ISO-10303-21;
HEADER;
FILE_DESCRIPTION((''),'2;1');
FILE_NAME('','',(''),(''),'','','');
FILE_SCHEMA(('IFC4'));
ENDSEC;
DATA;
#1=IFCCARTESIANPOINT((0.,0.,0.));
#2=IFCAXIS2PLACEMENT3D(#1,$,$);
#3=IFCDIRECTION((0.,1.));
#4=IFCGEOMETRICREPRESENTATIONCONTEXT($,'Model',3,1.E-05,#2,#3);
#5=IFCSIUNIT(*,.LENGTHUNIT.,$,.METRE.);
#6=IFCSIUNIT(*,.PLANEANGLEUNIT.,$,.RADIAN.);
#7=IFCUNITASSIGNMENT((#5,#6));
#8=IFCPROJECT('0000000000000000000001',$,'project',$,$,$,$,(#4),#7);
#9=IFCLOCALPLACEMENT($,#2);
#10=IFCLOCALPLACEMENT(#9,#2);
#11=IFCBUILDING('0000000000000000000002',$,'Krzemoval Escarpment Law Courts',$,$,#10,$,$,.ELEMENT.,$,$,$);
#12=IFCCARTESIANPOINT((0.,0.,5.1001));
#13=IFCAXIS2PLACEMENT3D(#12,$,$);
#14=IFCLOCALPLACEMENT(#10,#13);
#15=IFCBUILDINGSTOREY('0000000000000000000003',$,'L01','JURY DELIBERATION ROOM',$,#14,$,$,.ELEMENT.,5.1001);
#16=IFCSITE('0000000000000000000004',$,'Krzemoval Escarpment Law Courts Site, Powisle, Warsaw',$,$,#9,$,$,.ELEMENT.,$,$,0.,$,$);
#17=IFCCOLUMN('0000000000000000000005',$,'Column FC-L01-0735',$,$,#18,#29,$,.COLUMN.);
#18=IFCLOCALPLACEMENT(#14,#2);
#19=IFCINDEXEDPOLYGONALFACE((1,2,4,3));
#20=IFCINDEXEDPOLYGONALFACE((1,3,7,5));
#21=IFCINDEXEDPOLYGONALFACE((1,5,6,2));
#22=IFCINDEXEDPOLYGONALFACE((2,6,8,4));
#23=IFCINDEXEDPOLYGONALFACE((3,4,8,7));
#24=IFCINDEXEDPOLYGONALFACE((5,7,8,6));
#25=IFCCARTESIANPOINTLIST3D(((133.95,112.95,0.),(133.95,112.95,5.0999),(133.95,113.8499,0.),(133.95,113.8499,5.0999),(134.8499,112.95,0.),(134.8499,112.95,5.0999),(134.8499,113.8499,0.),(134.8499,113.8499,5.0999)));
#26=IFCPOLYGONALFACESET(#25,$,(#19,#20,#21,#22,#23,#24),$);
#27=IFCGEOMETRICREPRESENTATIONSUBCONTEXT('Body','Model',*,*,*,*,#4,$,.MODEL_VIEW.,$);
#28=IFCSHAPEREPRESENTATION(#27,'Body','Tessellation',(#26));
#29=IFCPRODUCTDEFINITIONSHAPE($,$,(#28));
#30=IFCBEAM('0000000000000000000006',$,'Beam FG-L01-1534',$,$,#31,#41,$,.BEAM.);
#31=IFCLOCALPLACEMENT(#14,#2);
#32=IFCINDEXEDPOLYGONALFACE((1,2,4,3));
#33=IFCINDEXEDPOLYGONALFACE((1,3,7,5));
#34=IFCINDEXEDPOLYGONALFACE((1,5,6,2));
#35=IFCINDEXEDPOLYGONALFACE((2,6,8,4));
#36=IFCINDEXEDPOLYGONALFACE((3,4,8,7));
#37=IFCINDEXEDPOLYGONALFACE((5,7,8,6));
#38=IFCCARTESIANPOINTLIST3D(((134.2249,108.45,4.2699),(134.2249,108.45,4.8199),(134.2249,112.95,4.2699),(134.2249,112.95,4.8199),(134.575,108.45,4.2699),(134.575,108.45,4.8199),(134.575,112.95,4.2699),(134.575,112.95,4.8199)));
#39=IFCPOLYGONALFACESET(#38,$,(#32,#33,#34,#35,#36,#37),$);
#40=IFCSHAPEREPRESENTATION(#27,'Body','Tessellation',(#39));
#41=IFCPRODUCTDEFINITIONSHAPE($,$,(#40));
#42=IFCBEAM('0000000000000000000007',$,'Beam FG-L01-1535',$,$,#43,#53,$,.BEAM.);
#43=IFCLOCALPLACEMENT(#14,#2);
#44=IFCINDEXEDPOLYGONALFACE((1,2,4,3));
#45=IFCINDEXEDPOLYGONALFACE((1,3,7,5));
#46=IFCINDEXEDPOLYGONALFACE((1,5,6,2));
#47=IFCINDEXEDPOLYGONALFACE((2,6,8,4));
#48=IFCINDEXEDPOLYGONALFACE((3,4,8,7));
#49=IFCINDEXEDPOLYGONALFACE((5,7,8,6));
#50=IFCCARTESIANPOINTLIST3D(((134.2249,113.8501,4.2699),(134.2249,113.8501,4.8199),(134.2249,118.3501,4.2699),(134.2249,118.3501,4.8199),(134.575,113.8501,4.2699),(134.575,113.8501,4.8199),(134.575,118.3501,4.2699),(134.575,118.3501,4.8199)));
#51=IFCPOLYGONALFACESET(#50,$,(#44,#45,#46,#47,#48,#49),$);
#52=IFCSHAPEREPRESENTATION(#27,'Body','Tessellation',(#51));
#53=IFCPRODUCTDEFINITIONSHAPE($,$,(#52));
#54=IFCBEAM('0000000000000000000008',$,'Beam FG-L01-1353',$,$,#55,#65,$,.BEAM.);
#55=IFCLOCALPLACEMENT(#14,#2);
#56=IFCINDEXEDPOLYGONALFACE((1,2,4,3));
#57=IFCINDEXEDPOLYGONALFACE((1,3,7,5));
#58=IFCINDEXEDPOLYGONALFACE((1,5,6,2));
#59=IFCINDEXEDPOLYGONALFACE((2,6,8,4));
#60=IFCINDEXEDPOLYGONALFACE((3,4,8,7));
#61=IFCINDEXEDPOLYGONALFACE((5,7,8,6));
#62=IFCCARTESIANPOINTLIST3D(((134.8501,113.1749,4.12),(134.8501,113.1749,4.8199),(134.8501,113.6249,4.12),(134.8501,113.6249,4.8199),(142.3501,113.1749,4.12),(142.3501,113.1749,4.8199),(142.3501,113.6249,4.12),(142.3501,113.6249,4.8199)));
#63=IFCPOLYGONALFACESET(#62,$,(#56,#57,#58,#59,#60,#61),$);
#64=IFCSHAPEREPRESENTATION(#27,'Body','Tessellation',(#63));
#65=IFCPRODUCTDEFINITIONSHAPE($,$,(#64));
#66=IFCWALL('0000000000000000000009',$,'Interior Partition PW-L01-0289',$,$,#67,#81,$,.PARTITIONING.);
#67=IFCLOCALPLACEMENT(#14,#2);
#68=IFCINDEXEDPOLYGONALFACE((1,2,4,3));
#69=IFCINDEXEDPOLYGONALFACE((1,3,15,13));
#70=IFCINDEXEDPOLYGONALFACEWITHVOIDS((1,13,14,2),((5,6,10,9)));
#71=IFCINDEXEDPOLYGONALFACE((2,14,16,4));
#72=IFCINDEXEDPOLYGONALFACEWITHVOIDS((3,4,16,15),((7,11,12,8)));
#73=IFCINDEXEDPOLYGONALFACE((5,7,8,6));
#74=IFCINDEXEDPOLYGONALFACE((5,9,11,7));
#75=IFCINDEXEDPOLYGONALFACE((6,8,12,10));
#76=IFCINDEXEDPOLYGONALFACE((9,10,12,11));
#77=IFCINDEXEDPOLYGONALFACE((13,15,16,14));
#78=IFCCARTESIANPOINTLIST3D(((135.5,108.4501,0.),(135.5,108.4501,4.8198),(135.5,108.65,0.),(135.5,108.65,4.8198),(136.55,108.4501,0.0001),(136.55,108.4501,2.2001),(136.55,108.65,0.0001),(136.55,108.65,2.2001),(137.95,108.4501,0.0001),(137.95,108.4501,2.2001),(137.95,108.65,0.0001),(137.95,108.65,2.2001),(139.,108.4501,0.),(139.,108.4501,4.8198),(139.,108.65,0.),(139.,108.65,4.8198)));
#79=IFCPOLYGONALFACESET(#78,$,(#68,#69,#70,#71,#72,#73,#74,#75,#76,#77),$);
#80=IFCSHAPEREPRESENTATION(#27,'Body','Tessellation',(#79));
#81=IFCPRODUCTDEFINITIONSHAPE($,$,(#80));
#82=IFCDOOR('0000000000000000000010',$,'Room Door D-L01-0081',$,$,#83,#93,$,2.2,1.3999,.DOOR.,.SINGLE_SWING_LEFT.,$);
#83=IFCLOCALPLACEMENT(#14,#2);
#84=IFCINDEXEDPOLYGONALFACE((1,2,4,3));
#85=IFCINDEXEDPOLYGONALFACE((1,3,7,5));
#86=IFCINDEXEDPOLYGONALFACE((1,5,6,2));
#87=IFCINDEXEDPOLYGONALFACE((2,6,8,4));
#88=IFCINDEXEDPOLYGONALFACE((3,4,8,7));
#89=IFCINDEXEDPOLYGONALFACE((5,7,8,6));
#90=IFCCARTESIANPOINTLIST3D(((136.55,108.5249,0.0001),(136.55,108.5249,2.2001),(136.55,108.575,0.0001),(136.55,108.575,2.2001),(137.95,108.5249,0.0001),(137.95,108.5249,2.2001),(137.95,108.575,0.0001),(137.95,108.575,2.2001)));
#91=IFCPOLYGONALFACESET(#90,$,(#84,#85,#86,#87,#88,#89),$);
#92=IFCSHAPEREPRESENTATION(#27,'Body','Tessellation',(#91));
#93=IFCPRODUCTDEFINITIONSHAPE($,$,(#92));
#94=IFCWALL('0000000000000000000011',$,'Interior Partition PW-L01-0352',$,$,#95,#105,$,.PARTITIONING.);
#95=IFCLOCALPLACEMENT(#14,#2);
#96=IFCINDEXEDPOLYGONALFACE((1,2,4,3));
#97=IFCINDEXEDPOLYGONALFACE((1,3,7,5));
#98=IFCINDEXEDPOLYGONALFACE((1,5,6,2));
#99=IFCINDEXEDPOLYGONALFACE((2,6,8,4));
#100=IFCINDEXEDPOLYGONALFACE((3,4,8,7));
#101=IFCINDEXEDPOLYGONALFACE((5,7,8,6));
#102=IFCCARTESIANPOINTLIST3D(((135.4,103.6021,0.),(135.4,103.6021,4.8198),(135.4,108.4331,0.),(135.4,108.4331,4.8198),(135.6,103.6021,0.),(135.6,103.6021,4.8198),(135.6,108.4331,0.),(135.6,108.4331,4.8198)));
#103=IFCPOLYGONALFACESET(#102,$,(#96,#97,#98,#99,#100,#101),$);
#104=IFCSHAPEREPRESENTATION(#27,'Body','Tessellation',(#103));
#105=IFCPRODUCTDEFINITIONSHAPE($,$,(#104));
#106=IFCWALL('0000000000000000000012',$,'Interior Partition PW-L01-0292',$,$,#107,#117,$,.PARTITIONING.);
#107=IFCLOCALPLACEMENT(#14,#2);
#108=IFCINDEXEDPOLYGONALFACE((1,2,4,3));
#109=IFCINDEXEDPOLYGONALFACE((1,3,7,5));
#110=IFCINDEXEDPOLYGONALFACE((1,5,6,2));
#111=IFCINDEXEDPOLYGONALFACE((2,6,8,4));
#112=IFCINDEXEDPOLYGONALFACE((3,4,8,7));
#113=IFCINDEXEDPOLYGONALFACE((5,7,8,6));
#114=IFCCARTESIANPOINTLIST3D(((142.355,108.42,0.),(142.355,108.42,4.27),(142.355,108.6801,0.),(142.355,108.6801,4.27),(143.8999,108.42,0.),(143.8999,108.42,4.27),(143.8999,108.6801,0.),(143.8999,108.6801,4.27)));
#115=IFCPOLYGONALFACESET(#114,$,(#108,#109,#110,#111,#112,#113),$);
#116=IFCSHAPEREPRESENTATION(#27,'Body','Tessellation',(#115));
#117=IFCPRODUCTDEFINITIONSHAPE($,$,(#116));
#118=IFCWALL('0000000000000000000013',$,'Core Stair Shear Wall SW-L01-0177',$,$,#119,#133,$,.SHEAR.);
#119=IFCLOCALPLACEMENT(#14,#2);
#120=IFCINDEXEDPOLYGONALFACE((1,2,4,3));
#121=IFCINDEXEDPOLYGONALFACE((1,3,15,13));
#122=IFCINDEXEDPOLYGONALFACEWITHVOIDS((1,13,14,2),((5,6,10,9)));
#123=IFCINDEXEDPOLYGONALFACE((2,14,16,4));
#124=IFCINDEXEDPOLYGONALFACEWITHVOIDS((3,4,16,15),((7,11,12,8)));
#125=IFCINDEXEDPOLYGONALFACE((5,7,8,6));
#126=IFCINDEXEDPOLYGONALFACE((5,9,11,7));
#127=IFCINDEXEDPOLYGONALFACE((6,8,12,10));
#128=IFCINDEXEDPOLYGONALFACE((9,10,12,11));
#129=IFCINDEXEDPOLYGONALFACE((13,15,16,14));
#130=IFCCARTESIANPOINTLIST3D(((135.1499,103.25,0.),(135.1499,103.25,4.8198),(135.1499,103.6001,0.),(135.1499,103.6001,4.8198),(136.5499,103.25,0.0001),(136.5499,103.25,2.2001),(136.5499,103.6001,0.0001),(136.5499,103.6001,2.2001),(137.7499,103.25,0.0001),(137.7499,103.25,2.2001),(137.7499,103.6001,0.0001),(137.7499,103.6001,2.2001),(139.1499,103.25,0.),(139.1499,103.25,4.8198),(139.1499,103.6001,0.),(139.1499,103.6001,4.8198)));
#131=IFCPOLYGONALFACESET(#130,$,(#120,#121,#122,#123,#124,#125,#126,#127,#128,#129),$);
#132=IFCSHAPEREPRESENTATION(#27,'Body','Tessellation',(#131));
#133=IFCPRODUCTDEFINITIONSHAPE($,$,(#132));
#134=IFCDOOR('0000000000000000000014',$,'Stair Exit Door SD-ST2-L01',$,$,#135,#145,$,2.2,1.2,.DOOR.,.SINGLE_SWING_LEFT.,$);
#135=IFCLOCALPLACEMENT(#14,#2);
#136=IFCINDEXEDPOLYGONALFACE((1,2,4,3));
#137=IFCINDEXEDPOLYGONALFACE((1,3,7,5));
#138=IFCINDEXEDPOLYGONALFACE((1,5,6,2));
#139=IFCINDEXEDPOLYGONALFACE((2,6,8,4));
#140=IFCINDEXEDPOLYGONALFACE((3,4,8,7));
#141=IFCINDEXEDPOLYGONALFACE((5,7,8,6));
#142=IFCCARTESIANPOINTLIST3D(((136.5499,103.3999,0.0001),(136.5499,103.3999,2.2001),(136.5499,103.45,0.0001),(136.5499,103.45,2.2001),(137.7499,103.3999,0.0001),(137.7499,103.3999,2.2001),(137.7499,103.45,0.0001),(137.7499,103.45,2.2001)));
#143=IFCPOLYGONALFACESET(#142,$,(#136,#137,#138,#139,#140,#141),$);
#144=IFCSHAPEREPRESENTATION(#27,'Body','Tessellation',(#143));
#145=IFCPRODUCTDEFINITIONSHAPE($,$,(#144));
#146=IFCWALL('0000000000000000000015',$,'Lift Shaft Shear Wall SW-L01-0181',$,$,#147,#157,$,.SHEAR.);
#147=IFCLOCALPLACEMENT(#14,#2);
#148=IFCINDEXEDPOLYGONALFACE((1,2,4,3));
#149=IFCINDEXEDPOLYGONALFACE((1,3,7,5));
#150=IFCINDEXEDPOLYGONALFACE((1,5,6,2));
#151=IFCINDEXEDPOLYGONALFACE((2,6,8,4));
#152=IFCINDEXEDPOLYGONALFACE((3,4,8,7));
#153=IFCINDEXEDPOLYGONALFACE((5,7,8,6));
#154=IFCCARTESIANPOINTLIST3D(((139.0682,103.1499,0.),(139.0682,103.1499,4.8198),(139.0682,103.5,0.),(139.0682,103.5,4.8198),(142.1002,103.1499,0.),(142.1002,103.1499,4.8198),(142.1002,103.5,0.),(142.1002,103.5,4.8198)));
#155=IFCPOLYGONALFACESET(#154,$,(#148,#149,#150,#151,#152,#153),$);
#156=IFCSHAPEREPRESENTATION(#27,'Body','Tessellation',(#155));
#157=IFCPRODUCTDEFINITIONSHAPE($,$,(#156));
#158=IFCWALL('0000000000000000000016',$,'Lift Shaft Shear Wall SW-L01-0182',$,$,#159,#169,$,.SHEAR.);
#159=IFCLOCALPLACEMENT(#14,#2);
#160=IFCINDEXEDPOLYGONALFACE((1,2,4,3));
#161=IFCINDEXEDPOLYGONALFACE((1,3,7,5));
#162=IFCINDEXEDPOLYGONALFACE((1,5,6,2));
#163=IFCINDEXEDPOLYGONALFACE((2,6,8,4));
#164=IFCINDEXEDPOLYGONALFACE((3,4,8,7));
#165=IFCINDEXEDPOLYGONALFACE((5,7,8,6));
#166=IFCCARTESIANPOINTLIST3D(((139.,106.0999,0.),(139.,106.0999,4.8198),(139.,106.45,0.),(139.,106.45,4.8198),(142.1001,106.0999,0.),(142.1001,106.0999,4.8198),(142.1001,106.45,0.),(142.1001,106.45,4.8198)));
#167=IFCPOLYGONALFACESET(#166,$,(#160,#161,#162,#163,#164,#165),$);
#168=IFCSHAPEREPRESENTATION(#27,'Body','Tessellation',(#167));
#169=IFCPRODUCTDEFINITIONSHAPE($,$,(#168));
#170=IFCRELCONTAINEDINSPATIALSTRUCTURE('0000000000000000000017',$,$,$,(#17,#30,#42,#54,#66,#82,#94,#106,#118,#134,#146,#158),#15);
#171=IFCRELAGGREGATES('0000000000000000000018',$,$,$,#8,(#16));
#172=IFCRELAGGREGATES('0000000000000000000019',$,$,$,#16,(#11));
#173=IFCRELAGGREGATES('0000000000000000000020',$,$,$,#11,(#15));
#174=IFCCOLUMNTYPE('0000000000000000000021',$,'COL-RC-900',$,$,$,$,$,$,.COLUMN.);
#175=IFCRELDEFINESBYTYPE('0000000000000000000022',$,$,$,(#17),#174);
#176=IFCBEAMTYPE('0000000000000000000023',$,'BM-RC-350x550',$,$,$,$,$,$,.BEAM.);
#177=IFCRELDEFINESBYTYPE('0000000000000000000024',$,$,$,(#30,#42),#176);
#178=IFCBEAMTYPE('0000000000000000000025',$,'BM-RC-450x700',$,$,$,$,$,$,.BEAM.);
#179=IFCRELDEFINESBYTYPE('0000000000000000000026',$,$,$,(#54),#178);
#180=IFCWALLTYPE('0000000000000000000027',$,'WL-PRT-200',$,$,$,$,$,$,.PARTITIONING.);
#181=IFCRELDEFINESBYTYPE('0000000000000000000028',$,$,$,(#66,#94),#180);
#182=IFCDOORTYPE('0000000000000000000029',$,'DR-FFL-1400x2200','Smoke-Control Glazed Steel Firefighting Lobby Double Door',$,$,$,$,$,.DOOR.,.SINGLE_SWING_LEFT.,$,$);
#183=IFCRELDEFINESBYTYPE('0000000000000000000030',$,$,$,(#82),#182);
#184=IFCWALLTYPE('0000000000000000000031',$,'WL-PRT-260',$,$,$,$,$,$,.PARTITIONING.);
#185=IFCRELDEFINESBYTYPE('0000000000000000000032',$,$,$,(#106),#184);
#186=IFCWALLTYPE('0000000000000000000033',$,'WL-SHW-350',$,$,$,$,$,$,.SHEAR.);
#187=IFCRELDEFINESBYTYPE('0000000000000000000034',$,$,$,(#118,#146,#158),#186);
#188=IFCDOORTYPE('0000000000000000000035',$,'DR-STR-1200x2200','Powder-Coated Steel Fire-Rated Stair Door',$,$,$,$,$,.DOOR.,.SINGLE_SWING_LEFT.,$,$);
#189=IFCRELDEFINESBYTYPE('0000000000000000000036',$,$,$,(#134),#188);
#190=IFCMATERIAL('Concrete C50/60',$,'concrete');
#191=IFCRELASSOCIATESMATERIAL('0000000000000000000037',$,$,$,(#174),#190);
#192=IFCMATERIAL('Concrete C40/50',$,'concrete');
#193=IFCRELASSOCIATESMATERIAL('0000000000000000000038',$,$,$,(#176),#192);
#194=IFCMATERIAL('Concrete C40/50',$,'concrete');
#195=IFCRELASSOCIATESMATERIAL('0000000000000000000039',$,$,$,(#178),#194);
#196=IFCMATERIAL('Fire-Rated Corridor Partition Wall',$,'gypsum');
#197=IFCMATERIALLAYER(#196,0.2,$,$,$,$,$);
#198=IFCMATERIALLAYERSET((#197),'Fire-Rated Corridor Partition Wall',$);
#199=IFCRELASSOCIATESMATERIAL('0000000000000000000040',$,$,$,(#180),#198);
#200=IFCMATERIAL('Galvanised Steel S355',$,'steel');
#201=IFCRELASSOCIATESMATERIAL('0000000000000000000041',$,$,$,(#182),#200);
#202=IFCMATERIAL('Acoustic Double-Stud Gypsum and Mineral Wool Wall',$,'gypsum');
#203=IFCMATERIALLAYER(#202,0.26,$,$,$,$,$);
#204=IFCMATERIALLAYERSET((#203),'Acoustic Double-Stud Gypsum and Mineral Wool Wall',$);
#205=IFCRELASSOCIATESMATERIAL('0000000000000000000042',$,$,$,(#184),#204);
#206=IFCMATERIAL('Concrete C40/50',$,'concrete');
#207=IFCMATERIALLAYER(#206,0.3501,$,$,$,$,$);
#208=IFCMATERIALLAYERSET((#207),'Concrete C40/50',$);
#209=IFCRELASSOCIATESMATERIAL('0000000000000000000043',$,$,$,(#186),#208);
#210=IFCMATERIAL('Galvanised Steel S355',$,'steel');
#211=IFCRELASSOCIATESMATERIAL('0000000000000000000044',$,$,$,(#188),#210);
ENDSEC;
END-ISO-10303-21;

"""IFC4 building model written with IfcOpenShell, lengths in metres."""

from ifc_helpers import new_model, si_unit, direction, frame, frame_2d, origin, origin_2d, place, context, subcontext, project, spatial, rectangle, extrude, material, layer, layer_set, material_profile, profile_set, type_object, element, fill, save


model = new_model("IFC4")

# Units and contexts
model_context = context("Model", 3, precision=1e-05, world=origin(), true_north=direction((0.0, 1.0)))
body_context = subcontext(model_context, "Body", "Model", "MODEL_VIEW")
ifc_project = project(units=[si_unit("LENGTHUNIT", "METRE"), si_unit("PLANEANGLEUNIT", "RADIAN")], contexts=[model_context])

# Site, building, storey
site_placement = place(None, origin())
site = spatial("IfcSite", under=ifc_project, at=site_placement, Name="Krzemoval Escarpment Law Courts Site, Powisle, Warsaw", CompositionType="ELEMENT", RefElevation=0.0)
building_placement = place(site_placement, origin())
building = spatial("IfcBuilding", under=site, at=building_placement, Name="Krzemoval Escarpment Law Courts", CompositionType="ELEMENT")
storey_placement = place(building_placement, frame((0.0, 0.0, 5.1001)))
storey = spatial("IfcBuildingStorey", under=building, at=storey_placement, Name="L01", Description="JURY DELIBERATION ROOM", CompositionType="ELEMENT", Elevation=5.1001)

# Column
ifc_material_1 = material(Name="Concrete C50/60", Category="concrete")
ifc_material_profile_1 = material_profile(ifc_material_1, rectangle(XDim=0.8999, YDim=0.8999, at=origin_2d()), Name="RC 900x900")
ifc_profile_set_1 = profile_set([ifc_material_profile_1], Name="Concrete C50/60")
column_type = type_object("IfcColumnType", Name="COL-RC-900", PredefinedType="COLUMN", material=ifc_profile_set_1)
column_placement = place(storey_placement, frame((134.3999, 113.3999, 0.0), z_axis=(0.0, 0.0, 1.0), x_axis=(1.0, 0.0, 0.0)))
element("IfcColumn", 1, at=column_placement, inside=storey, type_object=column_type, Name="Column FC-L01-0735", PredefinedType="COLUMN", context=body_context, shape_type="SweptSolid", body=[
    extrude(rectangle(XDim=0.8999, YDim=0.8999, at=origin_2d()), origin(), (0.0, 0.0, 1.0), 5.0999),
])

# Beams
ifc_material_2 = material(Name="Concrete C40/50", Category="concrete")
ifc_material_profile_2 = material_profile(ifc_material_2, rectangle(XDim=0.3501, YDim=0.55, at=origin_2d()), Name="RCB 350x550")
ifc_profile_set_2 = profile_set([ifc_material_profile_2], Name="Concrete C40/50")
beam_type_1 = type_object("IfcBeamType", Name="BM-RC-350x550", PredefinedType="BEAM", material=ifc_profile_set_2)
for number, where, z_axis, x_axis, name in (
    (2, (134.3999, 108.45, 4.5449), (0.0, 1.0, 0.0), (-1.0, 0.0, 0.0), "Beam FG-L01-1534"),
    (3, (134.3999, 113.8501, 4.5449), (0.0, 1.0, 0.0), (-1.0, 0.0, 0.0), "Beam FG-L01-1535"),
):
    element("IfcBeam", number, at=place(storey_placement, frame(where, z_axis=z_axis, x_axis=x_axis)), inside=storey, type_object=beam_type_1, Name=name, PredefinedType="BEAM", context=body_context, shape_type="SweptSolid", body=[
        extrude(rectangle(XDim=0.3501, YDim=0.55, at=origin_2d()), origin(), (0.0, 0.0, 1.0), 4.5),
    ])
ifc_material_3 = material(Name="Concrete C40/50", Category="concrete")
ifc_material_profile_3 = material_profile(ifc_material_3, rectangle(XDim=0.45, YDim=0.7, at=origin_2d()), Name="RCB 450x700")
ifc_profile_set_3 = profile_set([ifc_material_profile_3], Name="Concrete C40/50")
beam_type_2 = type_object("IfcBeamType", Name="BM-RC-450x700", PredefinedType="BEAM", material=ifc_profile_set_3)
beam_placement = place(storey_placement, frame((134.8501, 113.3999, 4.47), z_axis=(1.0, 0.0, 0.0), x_axis=(0.0, 1.0, 0.0)))
element("IfcBeam", 4, at=beam_placement, inside=storey, type_object=beam_type_2, Name="Beam FG-L01-1353", PredefinedType="BEAM", context=body_context, shape_type="SweptSolid", body=[
    extrude(rectangle(XDim=0.45, YDim=0.7, at=origin_2d()), origin(), (0.0, 0.0, 1.0), 7.5),
])

# Wall, opening, door
ifc_material_4 = material(Name="Fire-Rated Corridor Partition Wall", Category="gypsum")
ifc_layer_1 = layer(ifc_material_4, 0.2)
ifc_layer_set_1 = layer_set([ifc_layer_1], Name="Fire-Rated Corridor Partition Wall")
wall_type_1 = type_object("IfcWallType", Name="WL-PRT-200", PredefinedType="PARTITIONING", material=ifc_layer_set_1)
wall_1_placement = place(storey_placement, frame((135.5, 108.55, 0.0), z_axis=(0.0, 0.0, 1.0), x_axis=(1.0, 0.0, 0.0)))
wall_1 = element("IfcWall", 5, at=wall_1_placement, inside=storey, type_object=wall_type_1, Name="Interior Partition PW-L01-0289", PredefinedType="PARTITIONING", context=body_context, shape_type="SweptSolid", body=[
    extrude(rectangle(XDim=3.5, YDim=0.2, at=frame_2d((1.75, 0.0))), origin(), (0.0, 0.0, 1.0), 4.8198),
])
opening_1_placement = place(wall_1_placement, frame((1.05, 0.0, 0.0)))
opening_1 = element("IfcOpeningElement", 6, at=opening_1_placement, cuts=wall_1, PredefinedType="OPENING", context=body_context, shape_type="SweptSolid", body=[
    extrude(rectangle(XDim=1.3999, YDim=2.2, at=frame_2d((0.7, 1.1001))), frame((0.0, 0.115, 0.0), z_axis=(0.0, -1.0, 0.0), x_axis=(1.0, 0.0, 0.0)), (0.0, 0.0, 1.0), 0.2299),
])
ifc_material_5 = material(Name="Galvanised Steel S355", Category="steel")
door_type_1 = type_object("IfcDoorType", Name="DR-FFL-1400x2200", Description="Smoke-Control Glazed Steel Firefighting Lobby Double Door", OperationType="SINGLE_SWING_LEFT", PredefinedType="DOOR", material=ifc_material_5)
door_1_placement = place(opening_1_placement, origin())
door_1 = element("IfcDoor", 7, at=door_1_placement, inside=storey, type_object=door_type_1, Name="Room Door D-L01-0081", OperationType="SINGLE_SWING_LEFT", OverallHeight=2.2, OverallWidth=1.3999, PredefinedType="DOOR", context=body_context, shape_type="SweptSolid", body=[
    extrude(rectangle(XDim=1.3999, YDim=2.2, at=frame_2d((0.7, 1.1001))), frame((0.0, 0.0249, 0.0), z_axis=(0.0, -1.0, 0.0), x_axis=(1.0, 0.0, 0.0)), (0.0, 0.0, 1.0), 0.05),
])
fill(opening_1, door_1)

# Walls
wall_2_placement = place(storey_placement, frame((135.5, 103.6021, 0.0), z_axis=(0.0, 0.0, 1.0), x_axis=(0.0, 1.0, 0.0)))
element("IfcWall", 8, at=wall_2_placement, inside=storey, type_object=wall_type_1, Name="Interior Partition PW-L01-0352", PredefinedType="PARTITIONING", context=body_context, shape_type="SweptSolid", body=[
    extrude(rectangle(XDim=4.8311, YDim=0.2, at=frame_2d((2.4155, 0.0))), origin(), (0.0, 0.0, 1.0), 4.8198),
])
ifc_material_6 = material(Name="Acoustic Double-Stud Gypsum and Mineral Wool Wall", Category="gypsum")
ifc_layer_2 = layer(ifc_material_6, 0.26)
ifc_layer_set_2 = layer_set([ifc_layer_2], Name="Acoustic Double-Stud Gypsum and Mineral Wool Wall")
wall_type_2 = type_object("IfcWallType", Name="WL-PRT-260", PredefinedType="PARTITIONING", material=ifc_layer_set_2)
wall_3_placement = place(storey_placement, frame((142.355, 108.55, 0.0), z_axis=(0.0, 0.0, 1.0), x_axis=(1.0, 0.0, 0.0)))
element("IfcWall", 9, at=wall_3_placement, inside=storey, type_object=wall_type_2, Name="Interior Partition PW-L01-0292", PredefinedType="PARTITIONING", context=body_context, shape_type="SweptSolid", body=[
    extrude(rectangle(XDim=1.5449, YDim=0.26, at=frame_2d((0.7725, 0.0))), origin(), (0.0, 0.0, 1.0), 4.27),
])

# Wall, opening, door
ifc_material_7 = material(Name="Concrete C40/50", Category="concrete")
ifc_layer_3 = layer(ifc_material_7, 0.3501)
ifc_layer_set_3 = layer_set([ifc_layer_3], Name="Concrete C40/50")
wall_type_3 = type_object("IfcWallType", Name="WL-SHW-350", PredefinedType="SHEAR", material=ifc_layer_set_3)
wall_4_placement = place(storey_placement, frame((135.1499, 103.425, 0.0), z_axis=(0.0, 0.0, 1.0), x_axis=(1.0, 0.0, 0.0)))
wall_4 = element("IfcWall", 10, at=wall_4_placement, inside=storey, type_object=wall_type_3, Name="Core Stair Shear Wall SW-L01-0177", PredefinedType="SHEAR", context=body_context, shape_type="SweptSolid", body=[
    extrude(rectangle(XDim=4.0, YDim=0.3501, at=frame_2d((2.0, 0.0))), origin(), (0.0, 0.0, 1.0), 4.8198),
])
opening_2_placement = place(wall_4_placement, frame((1.3999, 0.0, 0.0)))
opening_2 = element("IfcOpeningElement", 11, at=opening_2_placement, cuts=wall_4, PredefinedType="OPENING", context=body_context, shape_type="SweptSolid", body=[
    extrude(rectangle(XDim=1.2, YDim=2.2, at=frame_2d((0.6001, 1.1001))), frame((0.0, 0.19, 0.0), z_axis=(0.0, -1.0, 0.0), x_axis=(1.0, 0.0, 0.0)), (0.0, 0.0, 1.0), 0.3801),
])
ifc_material_8 = material(Name="Galvanised Steel S355", Category="steel")
door_type_2 = type_object("IfcDoorType", Name="DR-STR-1200x2200", Description="Powder-Coated Steel Fire-Rated Stair Door", OperationType="SINGLE_SWING_LEFT", PredefinedType="DOOR", material=ifc_material_8)
door_2_placement = place(opening_2_placement, origin())
door_2 = element("IfcDoor", 12, at=door_2_placement, inside=storey, type_object=door_type_2, Name="Stair Exit Door SD-ST2-L01", OperationType="SINGLE_SWING_LEFT", OverallHeight=2.2, OverallWidth=1.2, PredefinedType="DOOR", context=body_context, shape_type="SweptSolid", body=[
    extrude(rectangle(XDim=1.2, YDim=2.2, at=frame_2d((0.6001, 1.1001))), frame((0.0, 0.0249, 0.0), z_axis=(0.0, -1.0, 0.0), x_axis=(1.0, 0.0, 0.0)), (0.0, 0.0, 1.0), 0.05),
])
fill(opening_2, door_2)

# Walls
wall_5_placement = place(storey_placement, frame((139.0681, 103.325, 0.0), z_axis=(0.0, 0.0, 1.0), x_axis=(1.0, 0.0, 0.0)))
element("IfcWall", 13, at=wall_5_placement, inside=storey, type_object=wall_type_3, Name="Lift Shaft Shear Wall SW-L01-0181", PredefinedType="SHEAR", context=body_context, shape_type="SweptSolid", body=[
    extrude(rectangle(XDim=3.032, YDim=0.3501, at=frame_2d((1.5161, 0.0))), origin(), (0.0, 0.0, 1.0), 4.8198),
])
wall_6_placement = place(storey_placement, frame((139.0, 106.2749, 0.0), z_axis=(0.0, 0.0, 1.0), x_axis=(1.0, 0.0, 0.0)))
element("IfcWall", 14, at=wall_6_placement, inside=storey, type_object=wall_type_3, Name="Lift Shaft Shear Wall SW-L01-0182", PredefinedType="SHEAR", context=body_context, shape_type="SweptSolid", body=[
    extrude(rectangle(XDim=3.1001, YDim=0.3501, at=frame_2d((1.55, 0.0))), origin(), (0.0, 0.0, 1.0), 4.8198),
])

save(model, "model.ifc")
